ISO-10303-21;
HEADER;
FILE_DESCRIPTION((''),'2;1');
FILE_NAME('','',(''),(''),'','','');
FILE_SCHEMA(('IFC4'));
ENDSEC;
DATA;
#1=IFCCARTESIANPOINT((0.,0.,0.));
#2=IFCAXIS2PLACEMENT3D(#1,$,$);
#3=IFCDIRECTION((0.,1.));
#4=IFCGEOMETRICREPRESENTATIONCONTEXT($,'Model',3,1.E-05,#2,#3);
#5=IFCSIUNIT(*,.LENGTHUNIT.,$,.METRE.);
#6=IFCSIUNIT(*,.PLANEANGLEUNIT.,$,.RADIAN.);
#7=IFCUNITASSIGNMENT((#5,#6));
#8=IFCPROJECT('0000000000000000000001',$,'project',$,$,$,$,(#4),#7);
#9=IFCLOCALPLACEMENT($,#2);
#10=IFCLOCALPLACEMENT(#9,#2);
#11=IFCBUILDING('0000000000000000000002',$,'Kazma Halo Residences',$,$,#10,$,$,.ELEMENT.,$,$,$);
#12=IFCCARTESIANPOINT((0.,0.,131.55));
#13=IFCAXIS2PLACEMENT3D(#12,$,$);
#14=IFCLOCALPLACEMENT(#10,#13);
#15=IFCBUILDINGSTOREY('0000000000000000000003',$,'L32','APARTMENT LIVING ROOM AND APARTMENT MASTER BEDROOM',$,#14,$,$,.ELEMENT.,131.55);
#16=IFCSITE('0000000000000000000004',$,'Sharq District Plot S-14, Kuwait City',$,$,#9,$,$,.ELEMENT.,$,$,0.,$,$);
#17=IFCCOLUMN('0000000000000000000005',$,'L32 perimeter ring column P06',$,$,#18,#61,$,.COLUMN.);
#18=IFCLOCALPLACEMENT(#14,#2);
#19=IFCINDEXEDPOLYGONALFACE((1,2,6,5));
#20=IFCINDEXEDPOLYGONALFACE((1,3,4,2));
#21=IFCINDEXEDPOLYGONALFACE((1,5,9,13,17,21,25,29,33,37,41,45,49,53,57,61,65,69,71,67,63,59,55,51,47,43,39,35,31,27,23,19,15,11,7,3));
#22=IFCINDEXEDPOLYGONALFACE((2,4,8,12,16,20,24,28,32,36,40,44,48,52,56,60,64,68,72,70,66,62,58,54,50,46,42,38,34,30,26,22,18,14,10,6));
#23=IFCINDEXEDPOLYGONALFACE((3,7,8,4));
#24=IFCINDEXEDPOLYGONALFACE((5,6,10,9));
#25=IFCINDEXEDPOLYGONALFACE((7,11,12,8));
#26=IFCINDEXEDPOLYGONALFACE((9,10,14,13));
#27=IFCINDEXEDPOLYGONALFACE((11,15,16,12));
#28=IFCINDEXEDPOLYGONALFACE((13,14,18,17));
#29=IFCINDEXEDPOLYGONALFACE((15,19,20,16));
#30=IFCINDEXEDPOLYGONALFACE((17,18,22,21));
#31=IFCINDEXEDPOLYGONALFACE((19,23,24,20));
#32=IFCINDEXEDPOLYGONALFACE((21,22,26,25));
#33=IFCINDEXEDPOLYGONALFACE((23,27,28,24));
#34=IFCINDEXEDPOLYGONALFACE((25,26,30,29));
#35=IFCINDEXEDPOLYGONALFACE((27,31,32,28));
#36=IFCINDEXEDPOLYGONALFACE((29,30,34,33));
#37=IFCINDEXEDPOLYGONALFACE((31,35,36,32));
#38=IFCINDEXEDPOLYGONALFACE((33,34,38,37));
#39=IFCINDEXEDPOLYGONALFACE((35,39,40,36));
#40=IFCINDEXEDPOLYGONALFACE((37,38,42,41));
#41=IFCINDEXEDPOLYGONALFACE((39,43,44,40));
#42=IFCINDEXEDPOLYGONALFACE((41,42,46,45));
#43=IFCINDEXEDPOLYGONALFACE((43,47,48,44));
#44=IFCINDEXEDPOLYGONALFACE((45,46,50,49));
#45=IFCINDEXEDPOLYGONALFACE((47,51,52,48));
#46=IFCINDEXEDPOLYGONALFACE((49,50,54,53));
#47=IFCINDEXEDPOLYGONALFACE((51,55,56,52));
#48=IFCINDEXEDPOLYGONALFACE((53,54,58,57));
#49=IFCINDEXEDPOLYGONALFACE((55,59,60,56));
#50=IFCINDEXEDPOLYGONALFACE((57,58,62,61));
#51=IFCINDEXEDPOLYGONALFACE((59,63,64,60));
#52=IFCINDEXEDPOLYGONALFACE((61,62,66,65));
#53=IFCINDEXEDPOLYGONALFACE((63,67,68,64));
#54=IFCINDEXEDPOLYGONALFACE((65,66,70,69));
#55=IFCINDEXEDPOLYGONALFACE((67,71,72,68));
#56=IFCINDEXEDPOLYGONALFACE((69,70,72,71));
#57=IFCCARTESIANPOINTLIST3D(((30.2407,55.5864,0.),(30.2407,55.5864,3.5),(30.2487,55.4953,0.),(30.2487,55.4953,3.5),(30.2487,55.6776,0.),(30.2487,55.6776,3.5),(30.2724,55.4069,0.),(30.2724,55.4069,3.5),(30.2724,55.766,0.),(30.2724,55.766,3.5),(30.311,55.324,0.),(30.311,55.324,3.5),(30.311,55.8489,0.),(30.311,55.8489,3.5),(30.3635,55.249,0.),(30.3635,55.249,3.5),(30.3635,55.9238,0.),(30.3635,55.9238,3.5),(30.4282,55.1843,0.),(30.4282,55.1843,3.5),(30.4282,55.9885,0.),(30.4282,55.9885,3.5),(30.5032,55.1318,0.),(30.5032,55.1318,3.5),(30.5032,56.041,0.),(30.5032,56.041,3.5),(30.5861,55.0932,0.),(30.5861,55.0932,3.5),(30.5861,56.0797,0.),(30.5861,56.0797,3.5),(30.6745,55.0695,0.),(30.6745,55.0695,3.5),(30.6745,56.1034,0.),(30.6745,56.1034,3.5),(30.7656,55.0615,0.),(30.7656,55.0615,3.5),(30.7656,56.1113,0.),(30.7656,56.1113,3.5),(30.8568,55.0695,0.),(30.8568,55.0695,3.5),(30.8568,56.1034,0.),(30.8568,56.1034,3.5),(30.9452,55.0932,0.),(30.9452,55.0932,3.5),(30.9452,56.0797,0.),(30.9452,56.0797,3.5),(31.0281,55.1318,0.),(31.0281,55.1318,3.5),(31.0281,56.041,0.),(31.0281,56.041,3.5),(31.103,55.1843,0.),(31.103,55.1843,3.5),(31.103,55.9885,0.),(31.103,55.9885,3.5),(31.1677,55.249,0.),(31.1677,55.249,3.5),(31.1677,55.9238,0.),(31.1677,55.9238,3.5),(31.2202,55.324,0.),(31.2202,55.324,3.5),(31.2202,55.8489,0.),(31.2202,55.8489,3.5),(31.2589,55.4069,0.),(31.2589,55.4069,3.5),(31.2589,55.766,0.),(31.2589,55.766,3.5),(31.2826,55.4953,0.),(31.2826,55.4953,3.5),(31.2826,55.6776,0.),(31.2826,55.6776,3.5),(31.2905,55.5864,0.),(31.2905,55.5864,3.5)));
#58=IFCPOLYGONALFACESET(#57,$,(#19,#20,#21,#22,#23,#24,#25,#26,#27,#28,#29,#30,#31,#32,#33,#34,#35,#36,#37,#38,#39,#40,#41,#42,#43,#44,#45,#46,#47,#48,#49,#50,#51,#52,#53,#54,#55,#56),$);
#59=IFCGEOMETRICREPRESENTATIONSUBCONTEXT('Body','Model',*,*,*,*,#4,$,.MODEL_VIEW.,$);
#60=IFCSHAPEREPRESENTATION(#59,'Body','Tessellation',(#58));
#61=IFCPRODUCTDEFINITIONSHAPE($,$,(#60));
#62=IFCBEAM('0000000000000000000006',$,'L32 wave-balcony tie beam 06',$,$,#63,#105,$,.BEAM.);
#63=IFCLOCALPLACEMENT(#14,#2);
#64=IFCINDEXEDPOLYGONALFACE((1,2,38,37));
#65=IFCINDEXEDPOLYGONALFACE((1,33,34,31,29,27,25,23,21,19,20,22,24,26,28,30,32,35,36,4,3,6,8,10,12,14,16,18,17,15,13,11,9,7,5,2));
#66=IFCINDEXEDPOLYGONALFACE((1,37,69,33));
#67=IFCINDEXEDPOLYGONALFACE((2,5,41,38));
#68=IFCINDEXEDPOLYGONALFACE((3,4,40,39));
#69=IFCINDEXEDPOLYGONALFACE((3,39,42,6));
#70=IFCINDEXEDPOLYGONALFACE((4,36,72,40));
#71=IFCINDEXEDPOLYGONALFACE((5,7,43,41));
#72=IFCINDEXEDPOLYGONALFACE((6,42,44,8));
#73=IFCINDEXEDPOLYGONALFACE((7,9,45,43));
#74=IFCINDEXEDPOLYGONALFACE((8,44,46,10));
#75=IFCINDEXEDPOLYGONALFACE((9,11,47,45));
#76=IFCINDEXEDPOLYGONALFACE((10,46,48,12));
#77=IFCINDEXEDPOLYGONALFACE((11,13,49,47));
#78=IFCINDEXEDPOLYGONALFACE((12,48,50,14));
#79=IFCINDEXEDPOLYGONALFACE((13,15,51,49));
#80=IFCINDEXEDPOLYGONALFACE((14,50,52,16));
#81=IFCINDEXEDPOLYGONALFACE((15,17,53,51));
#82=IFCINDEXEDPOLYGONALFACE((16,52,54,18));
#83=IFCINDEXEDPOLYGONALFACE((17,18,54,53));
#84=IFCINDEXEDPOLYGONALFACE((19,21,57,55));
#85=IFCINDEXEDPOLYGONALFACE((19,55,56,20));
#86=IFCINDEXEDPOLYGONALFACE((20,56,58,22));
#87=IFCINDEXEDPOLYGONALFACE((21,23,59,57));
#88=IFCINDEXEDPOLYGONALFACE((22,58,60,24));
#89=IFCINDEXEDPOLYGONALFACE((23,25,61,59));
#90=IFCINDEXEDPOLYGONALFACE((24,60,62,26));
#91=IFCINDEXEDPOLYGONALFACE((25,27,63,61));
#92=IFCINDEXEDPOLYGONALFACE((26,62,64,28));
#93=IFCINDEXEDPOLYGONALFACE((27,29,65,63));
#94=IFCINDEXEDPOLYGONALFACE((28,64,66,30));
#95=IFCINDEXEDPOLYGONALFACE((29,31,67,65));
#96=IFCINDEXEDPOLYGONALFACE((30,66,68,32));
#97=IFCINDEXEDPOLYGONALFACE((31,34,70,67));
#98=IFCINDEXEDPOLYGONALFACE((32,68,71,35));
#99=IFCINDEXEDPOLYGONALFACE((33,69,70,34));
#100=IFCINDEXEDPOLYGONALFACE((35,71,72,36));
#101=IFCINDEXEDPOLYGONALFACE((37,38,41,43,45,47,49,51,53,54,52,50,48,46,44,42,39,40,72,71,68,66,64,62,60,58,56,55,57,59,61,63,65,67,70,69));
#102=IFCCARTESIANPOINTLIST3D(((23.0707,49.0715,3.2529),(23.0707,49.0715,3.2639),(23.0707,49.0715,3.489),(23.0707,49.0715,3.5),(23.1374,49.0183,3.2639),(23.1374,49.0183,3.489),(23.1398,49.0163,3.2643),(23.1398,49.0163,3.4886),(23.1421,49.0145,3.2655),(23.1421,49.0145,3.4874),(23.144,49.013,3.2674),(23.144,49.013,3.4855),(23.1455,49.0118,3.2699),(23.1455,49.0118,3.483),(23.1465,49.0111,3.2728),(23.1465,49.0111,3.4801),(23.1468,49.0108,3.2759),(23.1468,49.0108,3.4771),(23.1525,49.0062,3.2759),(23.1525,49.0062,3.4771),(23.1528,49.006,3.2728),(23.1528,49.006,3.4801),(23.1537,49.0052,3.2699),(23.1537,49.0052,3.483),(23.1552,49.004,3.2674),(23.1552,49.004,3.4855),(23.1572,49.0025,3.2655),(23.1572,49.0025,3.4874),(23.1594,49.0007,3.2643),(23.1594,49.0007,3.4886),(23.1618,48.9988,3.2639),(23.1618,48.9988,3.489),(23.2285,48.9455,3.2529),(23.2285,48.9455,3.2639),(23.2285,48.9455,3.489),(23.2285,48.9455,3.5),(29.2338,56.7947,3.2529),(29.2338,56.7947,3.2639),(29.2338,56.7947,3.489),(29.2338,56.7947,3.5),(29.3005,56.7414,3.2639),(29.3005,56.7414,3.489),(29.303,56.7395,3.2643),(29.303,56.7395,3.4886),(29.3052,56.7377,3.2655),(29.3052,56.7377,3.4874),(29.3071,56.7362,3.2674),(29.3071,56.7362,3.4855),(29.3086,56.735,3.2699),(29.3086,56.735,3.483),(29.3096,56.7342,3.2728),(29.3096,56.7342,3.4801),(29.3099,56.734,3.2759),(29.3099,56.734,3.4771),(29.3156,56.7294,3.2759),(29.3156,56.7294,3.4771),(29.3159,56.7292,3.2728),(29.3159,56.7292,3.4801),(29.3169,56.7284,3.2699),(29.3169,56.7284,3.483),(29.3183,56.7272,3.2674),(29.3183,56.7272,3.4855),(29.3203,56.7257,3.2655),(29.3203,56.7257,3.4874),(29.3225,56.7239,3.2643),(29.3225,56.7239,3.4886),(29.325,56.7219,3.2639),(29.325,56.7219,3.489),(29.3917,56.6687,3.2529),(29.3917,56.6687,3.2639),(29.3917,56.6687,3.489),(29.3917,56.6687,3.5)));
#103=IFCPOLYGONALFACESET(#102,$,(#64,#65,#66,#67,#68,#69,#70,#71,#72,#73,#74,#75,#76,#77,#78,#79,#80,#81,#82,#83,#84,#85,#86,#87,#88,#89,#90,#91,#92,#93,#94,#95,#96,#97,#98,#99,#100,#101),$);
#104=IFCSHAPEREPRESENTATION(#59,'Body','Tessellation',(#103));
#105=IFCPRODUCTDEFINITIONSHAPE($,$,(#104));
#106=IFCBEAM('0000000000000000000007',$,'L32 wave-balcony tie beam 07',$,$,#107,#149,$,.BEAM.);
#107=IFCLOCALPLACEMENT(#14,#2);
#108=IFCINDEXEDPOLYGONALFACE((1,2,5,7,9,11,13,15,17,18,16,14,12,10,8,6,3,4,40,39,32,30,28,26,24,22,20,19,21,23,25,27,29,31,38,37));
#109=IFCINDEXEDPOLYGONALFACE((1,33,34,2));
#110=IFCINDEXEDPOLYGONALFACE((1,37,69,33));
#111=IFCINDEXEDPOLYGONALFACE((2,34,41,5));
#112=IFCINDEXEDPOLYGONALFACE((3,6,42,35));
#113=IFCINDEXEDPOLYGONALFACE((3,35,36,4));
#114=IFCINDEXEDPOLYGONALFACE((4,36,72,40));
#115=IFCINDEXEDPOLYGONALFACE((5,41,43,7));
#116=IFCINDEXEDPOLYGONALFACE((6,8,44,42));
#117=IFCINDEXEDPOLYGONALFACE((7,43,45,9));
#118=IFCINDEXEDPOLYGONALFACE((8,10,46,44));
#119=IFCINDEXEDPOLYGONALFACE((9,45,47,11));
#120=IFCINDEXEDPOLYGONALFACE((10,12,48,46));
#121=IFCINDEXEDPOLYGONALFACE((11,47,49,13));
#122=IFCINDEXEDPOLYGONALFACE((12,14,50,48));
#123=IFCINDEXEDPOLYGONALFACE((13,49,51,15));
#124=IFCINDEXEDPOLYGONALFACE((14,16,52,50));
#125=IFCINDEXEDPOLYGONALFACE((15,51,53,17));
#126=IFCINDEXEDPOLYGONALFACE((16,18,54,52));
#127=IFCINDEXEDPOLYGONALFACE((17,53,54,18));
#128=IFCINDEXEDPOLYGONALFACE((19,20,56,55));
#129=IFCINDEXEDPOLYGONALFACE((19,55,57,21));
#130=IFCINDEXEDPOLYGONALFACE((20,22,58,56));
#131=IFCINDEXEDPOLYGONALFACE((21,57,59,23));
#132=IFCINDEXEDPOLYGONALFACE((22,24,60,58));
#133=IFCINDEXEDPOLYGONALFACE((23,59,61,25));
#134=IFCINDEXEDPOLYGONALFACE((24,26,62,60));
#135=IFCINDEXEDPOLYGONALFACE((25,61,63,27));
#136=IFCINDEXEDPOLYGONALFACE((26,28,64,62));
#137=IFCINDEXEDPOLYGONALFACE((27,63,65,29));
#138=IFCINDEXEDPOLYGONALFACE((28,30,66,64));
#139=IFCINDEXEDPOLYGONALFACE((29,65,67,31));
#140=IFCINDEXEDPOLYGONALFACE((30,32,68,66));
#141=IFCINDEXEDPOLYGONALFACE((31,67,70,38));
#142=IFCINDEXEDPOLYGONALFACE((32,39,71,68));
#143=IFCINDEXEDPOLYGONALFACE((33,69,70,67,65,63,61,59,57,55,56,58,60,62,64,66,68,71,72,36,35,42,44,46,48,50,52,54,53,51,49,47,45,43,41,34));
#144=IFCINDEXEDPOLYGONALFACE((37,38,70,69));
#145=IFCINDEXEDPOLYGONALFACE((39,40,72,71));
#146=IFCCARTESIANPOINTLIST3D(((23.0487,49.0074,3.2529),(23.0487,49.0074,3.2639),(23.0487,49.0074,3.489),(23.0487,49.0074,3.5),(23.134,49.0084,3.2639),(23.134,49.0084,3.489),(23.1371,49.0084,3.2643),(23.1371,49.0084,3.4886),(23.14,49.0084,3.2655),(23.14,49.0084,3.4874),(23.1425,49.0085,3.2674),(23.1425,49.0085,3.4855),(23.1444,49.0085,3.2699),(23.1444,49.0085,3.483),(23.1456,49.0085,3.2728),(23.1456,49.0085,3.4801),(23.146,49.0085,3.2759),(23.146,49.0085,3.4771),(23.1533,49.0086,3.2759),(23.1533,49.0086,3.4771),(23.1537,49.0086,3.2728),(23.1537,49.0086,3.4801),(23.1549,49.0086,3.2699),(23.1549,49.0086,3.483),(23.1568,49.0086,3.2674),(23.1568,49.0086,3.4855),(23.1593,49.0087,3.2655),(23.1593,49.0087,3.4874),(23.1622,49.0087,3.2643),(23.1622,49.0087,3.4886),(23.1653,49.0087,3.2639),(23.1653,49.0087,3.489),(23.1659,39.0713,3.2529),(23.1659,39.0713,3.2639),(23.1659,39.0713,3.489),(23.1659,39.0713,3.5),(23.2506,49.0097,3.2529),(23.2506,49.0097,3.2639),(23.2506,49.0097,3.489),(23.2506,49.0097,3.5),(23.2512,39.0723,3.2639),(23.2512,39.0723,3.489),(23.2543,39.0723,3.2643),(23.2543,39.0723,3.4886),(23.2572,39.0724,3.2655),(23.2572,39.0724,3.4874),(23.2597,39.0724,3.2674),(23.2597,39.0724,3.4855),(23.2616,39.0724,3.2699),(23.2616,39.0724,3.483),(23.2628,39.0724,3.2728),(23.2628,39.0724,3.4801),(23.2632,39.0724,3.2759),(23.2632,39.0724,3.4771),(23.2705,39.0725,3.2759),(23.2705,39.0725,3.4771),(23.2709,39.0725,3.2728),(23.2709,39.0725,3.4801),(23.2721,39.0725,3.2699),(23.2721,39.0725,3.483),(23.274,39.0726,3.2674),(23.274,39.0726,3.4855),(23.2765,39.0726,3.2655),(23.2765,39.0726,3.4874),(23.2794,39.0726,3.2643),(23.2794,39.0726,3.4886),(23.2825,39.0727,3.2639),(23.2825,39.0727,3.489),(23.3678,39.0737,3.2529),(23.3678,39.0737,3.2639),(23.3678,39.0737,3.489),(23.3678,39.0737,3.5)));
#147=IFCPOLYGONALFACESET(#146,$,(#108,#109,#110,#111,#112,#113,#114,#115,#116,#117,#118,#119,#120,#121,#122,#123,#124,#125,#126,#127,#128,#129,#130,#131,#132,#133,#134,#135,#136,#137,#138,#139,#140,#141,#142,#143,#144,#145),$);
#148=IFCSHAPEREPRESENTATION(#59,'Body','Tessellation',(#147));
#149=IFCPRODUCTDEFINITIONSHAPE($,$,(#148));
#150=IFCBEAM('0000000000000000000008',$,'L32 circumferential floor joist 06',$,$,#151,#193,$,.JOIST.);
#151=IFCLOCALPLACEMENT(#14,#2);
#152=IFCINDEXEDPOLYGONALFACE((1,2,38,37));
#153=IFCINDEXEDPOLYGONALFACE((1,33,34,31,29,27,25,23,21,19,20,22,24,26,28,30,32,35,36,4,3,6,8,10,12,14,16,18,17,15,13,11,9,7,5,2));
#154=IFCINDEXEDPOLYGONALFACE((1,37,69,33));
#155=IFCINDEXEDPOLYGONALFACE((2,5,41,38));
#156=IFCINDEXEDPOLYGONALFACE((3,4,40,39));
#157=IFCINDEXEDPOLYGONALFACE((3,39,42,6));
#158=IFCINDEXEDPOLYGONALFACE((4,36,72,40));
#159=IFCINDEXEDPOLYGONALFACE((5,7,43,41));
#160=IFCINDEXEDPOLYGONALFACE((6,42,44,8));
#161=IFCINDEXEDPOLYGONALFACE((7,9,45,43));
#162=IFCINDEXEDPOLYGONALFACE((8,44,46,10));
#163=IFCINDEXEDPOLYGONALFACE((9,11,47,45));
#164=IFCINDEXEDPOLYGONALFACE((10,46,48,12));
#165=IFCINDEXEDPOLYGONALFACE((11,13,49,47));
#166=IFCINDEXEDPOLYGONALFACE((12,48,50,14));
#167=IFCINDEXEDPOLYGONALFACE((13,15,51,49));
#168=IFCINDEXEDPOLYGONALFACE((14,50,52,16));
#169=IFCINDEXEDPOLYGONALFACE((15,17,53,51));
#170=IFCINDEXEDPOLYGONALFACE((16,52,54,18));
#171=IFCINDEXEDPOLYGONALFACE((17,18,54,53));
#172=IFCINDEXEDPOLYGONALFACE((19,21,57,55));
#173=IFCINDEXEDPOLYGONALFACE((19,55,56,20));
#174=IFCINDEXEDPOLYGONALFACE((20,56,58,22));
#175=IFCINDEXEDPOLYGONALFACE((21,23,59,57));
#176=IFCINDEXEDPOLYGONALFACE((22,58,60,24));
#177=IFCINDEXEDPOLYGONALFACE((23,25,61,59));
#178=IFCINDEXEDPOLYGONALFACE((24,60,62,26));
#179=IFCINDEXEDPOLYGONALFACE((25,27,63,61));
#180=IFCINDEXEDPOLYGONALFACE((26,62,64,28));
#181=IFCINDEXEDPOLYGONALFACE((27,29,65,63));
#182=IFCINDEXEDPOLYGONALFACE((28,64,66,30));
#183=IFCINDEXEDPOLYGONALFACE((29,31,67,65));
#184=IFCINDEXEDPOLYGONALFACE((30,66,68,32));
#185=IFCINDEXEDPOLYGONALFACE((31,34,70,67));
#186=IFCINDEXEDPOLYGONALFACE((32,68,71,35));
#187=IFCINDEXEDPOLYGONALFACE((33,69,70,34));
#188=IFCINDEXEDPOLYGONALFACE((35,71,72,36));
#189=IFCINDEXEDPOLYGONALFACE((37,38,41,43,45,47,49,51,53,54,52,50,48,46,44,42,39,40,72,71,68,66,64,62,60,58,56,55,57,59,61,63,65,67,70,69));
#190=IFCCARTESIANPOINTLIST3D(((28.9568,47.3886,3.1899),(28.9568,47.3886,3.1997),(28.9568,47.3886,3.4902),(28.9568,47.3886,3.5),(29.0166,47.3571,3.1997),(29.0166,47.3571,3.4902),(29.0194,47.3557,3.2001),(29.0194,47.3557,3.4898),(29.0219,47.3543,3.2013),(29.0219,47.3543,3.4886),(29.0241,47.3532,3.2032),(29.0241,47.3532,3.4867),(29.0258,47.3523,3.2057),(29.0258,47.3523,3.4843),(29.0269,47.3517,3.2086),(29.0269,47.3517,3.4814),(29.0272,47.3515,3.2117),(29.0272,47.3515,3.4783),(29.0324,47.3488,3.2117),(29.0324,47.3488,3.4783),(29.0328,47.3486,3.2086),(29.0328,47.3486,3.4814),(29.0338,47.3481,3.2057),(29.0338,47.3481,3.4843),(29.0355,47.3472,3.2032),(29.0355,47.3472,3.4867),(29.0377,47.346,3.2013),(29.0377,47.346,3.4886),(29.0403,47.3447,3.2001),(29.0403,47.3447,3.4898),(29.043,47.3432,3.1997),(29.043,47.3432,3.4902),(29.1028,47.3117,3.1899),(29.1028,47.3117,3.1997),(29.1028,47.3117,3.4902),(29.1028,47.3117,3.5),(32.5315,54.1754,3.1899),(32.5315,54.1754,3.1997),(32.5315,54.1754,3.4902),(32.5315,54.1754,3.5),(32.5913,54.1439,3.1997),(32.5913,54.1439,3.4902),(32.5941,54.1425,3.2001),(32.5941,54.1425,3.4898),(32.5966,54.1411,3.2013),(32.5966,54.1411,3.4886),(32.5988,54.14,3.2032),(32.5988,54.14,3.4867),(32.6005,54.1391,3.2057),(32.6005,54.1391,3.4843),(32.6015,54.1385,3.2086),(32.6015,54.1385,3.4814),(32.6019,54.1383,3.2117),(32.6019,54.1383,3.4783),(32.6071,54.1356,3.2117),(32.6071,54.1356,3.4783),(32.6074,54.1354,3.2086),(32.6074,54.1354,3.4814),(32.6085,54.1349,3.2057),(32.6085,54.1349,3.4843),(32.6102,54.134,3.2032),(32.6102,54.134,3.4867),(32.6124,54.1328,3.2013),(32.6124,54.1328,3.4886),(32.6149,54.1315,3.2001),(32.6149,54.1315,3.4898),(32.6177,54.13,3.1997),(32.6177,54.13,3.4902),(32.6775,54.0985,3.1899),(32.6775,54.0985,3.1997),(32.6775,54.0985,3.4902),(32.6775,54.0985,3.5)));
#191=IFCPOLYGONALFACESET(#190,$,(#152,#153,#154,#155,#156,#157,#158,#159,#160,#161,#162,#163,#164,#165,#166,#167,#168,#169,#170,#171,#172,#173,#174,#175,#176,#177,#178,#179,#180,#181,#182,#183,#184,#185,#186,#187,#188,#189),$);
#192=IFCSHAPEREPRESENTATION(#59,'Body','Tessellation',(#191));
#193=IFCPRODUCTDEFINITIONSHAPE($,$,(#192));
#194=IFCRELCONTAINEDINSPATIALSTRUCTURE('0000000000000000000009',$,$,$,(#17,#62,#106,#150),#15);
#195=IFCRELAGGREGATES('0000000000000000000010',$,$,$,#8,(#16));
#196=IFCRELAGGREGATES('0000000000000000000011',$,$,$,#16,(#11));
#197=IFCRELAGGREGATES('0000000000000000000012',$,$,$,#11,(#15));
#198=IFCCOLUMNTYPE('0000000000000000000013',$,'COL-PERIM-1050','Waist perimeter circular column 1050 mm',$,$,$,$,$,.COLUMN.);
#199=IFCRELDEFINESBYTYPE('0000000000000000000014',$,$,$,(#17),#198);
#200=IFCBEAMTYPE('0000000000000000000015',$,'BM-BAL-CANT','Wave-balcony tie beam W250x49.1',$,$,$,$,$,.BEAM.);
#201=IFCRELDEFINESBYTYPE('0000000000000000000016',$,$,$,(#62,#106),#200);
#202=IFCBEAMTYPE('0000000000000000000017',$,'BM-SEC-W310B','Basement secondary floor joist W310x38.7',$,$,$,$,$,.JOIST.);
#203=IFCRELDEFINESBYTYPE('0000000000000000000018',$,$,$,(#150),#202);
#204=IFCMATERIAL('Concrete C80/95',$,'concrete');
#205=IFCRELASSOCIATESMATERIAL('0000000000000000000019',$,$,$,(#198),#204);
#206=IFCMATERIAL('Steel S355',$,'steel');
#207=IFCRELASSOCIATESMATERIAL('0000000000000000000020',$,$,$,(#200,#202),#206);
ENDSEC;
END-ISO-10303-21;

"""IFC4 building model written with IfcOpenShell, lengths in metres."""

from ifc_helpers import new_model, si_unit, direction, frame, origin, origin_2d, place, context, subcontext, project, spatial, circle, i_section, extrude, material, material_profile, profile_set, type_object, element, save


model = new_model("IFC4")

# Units and contexts
model_context = context("Model", 3, precision=1e-05, world=origin(), true_north=direction((0.0, 1.0)))
body_context = subcontext(model_context, "Body", "Model", "MODEL_VIEW")
ifc_project = project(units=[si_unit("LENGTHUNIT", "METRE"), si_unit("PLANEANGLEUNIT", "RADIAN")], contexts=[model_context])

# Site, building, storey
site_placement = place(None, origin())
site = spatial("IfcSite", under=ifc_project, at=site_placement, Name="Sharq District Plot S-14, Kuwait City", CompositionType="ELEMENT", RefElevation=0.0)
building_placement = place(site_placement, origin())
building = spatial("IfcBuilding", under=site, at=building_placement, Name="Kazma Halo Residences", CompositionType="ELEMENT")
storey_placement = place(building_placement, frame((0.0, 0.0, 131.55)))
storey = spatial("IfcBuildingStorey", under=building, at=storey_placement, Name="L32", Description="APARTMENT LIVING ROOM AND APARTMENT MASTER BEDROOM", CompositionType="ELEMENT", Elevation=131.55)

# Column
ifc_material_1 = material(Name="Concrete C80/95", Category="concrete")
ifc_material_profile_1 = material_profile(ifc_material_1, circle(Radius=0.5249, at=origin_2d()), Name="CIRC1050")
ifc_profile_set_1 = profile_set([ifc_material_profile_1], Name="Concrete C80/95")
column_type = type_object("IfcColumnType", Name="COL-PERIM-1050", Description="Waist perimeter circular column 1050 mm", PredefinedType="COLUMN", material=ifc_profile_set_1)
column_placement = place(storey_placement, frame((30.7656, 55.5864, 0.0), z_axis=(0.0, 0.0, 1.0), x_axis=(1.0, 0.0, 0.0)))
element("IfcColumn", 1, at=column_placement, inside=storey, type_object=column_type, Name="L32 perimeter ring column P06", PredefinedType="COLUMN", context=body_context, shape_type="SweptSolid", body=[
    extrude(circle(Radius=0.5249, at=origin_2d()), origin(), (0.0, 0.0, 1.0), 3.5),
])

# Beams
ifc_material_2 = material(Name="Steel S355", Category="steel")
ifc_material_profile_2 = material_profile(ifc_material_2, i_section(OverallWidth=0.2019, OverallDepth=0.2471, WebThickness=0.0073, FlangeThickness=0.011, FilletRadius=0.012, at=origin_2d()), Name="W250x49.1")
ifc_profile_set_2 = profile_set([ifc_material_profile_2], Name="Steel S355")
beam_type_1 = type_object("IfcBeamType", Name="BM-BAL-CANT", Description="Wave-balcony tie beam W250x49.1", PredefinedType="BEAM", material=ifc_profile_set_2)
beam_1_placement = place(storey_placement, frame((29.3127, 56.7317, 3.3765), z_axis=(-0.623742, -0.78163, 0.0), x_axis=(0.78163, -0.623742, 0.0)))
element("IfcBeam", 2, at=beam_1_placement, inside=storey, type_object=beam_type_1, Name="L32 wave-balcony tie beam 06", PredefinedType="BEAM", context=body_context, shape_type="SweptSolid", body=[
    extrude(i_section(OverallWidth=0.2019, OverallDepth=0.2471, WebThickness=0.0073, FlangeThickness=0.011, FilletRadius=0.012, at=origin_2d()), origin(), (0.0, 0.0, 1.0), 9.8809),
])
beam_2_placement = place(storey_placement, frame((23.1497, 49.0085, 3.3765), z_axis=(0.011793, -0.99993, 0.0), x_axis=(0.99993, 0.011793, 0.0)))
element("IfcBeam", 3, at=beam_2_placement, inside=storey, type_object=beam_type_1, Name="L32 wave-balcony tie beam 07", PredefinedType="BEAM", context=body_context, shape_type="SweptSolid", body=[
    extrude(i_section(OverallWidth=0.2019, OverallDepth=0.2471, WebThickness=0.0073, FlangeThickness=0.011, FilletRadius=0.012, at=origin_2d()), origin(), (0.0, 0.0, 1.0), 9.9368),
])
ifc_material_profile_3 = material_profile(ifc_material_2, i_section(OverallWidth=0.165, OverallDepth=0.3101, WebThickness=0.0059, FlangeThickness=0.0098, FilletRadius=0.012, at=origin_2d()), Name="W310x38.7")
ifc_profile_set_3 = profile_set([ifc_material_profile_3], Name="Steel S355")
beam_type_2 = type_object("IfcBeamType", Name="BM-SEC-W310B", Description="Basement secondary floor joist W310x38.7", PredefinedType="JOIST", material=ifc_profile_set_3)
beam_3_placement = place(storey_placement, frame((32.6045, 54.137, 3.345), z_axis=(-0.466019, -0.884775, 0.0), x_axis=(0.884775, -0.466019, 0.0)))
element("IfcBeam", 4, at=beam_3_placement, inside=storey, type_object=beam_type_2, Name="L32 circumferential floor joist 06", PredefinedType="JOIST", context=body_context, shape_type="SweptSolid", body=[
    extrude(i_section(OverallWidth=0.165, OverallDepth=0.3101, WebThickness=0.0059, FlangeThickness=0.0098, FilletRadius=0.012, at=origin_2d()), origin(), (0.0, 0.0, 1.0), 7.6707),
])

save(model, "model.ifc")
